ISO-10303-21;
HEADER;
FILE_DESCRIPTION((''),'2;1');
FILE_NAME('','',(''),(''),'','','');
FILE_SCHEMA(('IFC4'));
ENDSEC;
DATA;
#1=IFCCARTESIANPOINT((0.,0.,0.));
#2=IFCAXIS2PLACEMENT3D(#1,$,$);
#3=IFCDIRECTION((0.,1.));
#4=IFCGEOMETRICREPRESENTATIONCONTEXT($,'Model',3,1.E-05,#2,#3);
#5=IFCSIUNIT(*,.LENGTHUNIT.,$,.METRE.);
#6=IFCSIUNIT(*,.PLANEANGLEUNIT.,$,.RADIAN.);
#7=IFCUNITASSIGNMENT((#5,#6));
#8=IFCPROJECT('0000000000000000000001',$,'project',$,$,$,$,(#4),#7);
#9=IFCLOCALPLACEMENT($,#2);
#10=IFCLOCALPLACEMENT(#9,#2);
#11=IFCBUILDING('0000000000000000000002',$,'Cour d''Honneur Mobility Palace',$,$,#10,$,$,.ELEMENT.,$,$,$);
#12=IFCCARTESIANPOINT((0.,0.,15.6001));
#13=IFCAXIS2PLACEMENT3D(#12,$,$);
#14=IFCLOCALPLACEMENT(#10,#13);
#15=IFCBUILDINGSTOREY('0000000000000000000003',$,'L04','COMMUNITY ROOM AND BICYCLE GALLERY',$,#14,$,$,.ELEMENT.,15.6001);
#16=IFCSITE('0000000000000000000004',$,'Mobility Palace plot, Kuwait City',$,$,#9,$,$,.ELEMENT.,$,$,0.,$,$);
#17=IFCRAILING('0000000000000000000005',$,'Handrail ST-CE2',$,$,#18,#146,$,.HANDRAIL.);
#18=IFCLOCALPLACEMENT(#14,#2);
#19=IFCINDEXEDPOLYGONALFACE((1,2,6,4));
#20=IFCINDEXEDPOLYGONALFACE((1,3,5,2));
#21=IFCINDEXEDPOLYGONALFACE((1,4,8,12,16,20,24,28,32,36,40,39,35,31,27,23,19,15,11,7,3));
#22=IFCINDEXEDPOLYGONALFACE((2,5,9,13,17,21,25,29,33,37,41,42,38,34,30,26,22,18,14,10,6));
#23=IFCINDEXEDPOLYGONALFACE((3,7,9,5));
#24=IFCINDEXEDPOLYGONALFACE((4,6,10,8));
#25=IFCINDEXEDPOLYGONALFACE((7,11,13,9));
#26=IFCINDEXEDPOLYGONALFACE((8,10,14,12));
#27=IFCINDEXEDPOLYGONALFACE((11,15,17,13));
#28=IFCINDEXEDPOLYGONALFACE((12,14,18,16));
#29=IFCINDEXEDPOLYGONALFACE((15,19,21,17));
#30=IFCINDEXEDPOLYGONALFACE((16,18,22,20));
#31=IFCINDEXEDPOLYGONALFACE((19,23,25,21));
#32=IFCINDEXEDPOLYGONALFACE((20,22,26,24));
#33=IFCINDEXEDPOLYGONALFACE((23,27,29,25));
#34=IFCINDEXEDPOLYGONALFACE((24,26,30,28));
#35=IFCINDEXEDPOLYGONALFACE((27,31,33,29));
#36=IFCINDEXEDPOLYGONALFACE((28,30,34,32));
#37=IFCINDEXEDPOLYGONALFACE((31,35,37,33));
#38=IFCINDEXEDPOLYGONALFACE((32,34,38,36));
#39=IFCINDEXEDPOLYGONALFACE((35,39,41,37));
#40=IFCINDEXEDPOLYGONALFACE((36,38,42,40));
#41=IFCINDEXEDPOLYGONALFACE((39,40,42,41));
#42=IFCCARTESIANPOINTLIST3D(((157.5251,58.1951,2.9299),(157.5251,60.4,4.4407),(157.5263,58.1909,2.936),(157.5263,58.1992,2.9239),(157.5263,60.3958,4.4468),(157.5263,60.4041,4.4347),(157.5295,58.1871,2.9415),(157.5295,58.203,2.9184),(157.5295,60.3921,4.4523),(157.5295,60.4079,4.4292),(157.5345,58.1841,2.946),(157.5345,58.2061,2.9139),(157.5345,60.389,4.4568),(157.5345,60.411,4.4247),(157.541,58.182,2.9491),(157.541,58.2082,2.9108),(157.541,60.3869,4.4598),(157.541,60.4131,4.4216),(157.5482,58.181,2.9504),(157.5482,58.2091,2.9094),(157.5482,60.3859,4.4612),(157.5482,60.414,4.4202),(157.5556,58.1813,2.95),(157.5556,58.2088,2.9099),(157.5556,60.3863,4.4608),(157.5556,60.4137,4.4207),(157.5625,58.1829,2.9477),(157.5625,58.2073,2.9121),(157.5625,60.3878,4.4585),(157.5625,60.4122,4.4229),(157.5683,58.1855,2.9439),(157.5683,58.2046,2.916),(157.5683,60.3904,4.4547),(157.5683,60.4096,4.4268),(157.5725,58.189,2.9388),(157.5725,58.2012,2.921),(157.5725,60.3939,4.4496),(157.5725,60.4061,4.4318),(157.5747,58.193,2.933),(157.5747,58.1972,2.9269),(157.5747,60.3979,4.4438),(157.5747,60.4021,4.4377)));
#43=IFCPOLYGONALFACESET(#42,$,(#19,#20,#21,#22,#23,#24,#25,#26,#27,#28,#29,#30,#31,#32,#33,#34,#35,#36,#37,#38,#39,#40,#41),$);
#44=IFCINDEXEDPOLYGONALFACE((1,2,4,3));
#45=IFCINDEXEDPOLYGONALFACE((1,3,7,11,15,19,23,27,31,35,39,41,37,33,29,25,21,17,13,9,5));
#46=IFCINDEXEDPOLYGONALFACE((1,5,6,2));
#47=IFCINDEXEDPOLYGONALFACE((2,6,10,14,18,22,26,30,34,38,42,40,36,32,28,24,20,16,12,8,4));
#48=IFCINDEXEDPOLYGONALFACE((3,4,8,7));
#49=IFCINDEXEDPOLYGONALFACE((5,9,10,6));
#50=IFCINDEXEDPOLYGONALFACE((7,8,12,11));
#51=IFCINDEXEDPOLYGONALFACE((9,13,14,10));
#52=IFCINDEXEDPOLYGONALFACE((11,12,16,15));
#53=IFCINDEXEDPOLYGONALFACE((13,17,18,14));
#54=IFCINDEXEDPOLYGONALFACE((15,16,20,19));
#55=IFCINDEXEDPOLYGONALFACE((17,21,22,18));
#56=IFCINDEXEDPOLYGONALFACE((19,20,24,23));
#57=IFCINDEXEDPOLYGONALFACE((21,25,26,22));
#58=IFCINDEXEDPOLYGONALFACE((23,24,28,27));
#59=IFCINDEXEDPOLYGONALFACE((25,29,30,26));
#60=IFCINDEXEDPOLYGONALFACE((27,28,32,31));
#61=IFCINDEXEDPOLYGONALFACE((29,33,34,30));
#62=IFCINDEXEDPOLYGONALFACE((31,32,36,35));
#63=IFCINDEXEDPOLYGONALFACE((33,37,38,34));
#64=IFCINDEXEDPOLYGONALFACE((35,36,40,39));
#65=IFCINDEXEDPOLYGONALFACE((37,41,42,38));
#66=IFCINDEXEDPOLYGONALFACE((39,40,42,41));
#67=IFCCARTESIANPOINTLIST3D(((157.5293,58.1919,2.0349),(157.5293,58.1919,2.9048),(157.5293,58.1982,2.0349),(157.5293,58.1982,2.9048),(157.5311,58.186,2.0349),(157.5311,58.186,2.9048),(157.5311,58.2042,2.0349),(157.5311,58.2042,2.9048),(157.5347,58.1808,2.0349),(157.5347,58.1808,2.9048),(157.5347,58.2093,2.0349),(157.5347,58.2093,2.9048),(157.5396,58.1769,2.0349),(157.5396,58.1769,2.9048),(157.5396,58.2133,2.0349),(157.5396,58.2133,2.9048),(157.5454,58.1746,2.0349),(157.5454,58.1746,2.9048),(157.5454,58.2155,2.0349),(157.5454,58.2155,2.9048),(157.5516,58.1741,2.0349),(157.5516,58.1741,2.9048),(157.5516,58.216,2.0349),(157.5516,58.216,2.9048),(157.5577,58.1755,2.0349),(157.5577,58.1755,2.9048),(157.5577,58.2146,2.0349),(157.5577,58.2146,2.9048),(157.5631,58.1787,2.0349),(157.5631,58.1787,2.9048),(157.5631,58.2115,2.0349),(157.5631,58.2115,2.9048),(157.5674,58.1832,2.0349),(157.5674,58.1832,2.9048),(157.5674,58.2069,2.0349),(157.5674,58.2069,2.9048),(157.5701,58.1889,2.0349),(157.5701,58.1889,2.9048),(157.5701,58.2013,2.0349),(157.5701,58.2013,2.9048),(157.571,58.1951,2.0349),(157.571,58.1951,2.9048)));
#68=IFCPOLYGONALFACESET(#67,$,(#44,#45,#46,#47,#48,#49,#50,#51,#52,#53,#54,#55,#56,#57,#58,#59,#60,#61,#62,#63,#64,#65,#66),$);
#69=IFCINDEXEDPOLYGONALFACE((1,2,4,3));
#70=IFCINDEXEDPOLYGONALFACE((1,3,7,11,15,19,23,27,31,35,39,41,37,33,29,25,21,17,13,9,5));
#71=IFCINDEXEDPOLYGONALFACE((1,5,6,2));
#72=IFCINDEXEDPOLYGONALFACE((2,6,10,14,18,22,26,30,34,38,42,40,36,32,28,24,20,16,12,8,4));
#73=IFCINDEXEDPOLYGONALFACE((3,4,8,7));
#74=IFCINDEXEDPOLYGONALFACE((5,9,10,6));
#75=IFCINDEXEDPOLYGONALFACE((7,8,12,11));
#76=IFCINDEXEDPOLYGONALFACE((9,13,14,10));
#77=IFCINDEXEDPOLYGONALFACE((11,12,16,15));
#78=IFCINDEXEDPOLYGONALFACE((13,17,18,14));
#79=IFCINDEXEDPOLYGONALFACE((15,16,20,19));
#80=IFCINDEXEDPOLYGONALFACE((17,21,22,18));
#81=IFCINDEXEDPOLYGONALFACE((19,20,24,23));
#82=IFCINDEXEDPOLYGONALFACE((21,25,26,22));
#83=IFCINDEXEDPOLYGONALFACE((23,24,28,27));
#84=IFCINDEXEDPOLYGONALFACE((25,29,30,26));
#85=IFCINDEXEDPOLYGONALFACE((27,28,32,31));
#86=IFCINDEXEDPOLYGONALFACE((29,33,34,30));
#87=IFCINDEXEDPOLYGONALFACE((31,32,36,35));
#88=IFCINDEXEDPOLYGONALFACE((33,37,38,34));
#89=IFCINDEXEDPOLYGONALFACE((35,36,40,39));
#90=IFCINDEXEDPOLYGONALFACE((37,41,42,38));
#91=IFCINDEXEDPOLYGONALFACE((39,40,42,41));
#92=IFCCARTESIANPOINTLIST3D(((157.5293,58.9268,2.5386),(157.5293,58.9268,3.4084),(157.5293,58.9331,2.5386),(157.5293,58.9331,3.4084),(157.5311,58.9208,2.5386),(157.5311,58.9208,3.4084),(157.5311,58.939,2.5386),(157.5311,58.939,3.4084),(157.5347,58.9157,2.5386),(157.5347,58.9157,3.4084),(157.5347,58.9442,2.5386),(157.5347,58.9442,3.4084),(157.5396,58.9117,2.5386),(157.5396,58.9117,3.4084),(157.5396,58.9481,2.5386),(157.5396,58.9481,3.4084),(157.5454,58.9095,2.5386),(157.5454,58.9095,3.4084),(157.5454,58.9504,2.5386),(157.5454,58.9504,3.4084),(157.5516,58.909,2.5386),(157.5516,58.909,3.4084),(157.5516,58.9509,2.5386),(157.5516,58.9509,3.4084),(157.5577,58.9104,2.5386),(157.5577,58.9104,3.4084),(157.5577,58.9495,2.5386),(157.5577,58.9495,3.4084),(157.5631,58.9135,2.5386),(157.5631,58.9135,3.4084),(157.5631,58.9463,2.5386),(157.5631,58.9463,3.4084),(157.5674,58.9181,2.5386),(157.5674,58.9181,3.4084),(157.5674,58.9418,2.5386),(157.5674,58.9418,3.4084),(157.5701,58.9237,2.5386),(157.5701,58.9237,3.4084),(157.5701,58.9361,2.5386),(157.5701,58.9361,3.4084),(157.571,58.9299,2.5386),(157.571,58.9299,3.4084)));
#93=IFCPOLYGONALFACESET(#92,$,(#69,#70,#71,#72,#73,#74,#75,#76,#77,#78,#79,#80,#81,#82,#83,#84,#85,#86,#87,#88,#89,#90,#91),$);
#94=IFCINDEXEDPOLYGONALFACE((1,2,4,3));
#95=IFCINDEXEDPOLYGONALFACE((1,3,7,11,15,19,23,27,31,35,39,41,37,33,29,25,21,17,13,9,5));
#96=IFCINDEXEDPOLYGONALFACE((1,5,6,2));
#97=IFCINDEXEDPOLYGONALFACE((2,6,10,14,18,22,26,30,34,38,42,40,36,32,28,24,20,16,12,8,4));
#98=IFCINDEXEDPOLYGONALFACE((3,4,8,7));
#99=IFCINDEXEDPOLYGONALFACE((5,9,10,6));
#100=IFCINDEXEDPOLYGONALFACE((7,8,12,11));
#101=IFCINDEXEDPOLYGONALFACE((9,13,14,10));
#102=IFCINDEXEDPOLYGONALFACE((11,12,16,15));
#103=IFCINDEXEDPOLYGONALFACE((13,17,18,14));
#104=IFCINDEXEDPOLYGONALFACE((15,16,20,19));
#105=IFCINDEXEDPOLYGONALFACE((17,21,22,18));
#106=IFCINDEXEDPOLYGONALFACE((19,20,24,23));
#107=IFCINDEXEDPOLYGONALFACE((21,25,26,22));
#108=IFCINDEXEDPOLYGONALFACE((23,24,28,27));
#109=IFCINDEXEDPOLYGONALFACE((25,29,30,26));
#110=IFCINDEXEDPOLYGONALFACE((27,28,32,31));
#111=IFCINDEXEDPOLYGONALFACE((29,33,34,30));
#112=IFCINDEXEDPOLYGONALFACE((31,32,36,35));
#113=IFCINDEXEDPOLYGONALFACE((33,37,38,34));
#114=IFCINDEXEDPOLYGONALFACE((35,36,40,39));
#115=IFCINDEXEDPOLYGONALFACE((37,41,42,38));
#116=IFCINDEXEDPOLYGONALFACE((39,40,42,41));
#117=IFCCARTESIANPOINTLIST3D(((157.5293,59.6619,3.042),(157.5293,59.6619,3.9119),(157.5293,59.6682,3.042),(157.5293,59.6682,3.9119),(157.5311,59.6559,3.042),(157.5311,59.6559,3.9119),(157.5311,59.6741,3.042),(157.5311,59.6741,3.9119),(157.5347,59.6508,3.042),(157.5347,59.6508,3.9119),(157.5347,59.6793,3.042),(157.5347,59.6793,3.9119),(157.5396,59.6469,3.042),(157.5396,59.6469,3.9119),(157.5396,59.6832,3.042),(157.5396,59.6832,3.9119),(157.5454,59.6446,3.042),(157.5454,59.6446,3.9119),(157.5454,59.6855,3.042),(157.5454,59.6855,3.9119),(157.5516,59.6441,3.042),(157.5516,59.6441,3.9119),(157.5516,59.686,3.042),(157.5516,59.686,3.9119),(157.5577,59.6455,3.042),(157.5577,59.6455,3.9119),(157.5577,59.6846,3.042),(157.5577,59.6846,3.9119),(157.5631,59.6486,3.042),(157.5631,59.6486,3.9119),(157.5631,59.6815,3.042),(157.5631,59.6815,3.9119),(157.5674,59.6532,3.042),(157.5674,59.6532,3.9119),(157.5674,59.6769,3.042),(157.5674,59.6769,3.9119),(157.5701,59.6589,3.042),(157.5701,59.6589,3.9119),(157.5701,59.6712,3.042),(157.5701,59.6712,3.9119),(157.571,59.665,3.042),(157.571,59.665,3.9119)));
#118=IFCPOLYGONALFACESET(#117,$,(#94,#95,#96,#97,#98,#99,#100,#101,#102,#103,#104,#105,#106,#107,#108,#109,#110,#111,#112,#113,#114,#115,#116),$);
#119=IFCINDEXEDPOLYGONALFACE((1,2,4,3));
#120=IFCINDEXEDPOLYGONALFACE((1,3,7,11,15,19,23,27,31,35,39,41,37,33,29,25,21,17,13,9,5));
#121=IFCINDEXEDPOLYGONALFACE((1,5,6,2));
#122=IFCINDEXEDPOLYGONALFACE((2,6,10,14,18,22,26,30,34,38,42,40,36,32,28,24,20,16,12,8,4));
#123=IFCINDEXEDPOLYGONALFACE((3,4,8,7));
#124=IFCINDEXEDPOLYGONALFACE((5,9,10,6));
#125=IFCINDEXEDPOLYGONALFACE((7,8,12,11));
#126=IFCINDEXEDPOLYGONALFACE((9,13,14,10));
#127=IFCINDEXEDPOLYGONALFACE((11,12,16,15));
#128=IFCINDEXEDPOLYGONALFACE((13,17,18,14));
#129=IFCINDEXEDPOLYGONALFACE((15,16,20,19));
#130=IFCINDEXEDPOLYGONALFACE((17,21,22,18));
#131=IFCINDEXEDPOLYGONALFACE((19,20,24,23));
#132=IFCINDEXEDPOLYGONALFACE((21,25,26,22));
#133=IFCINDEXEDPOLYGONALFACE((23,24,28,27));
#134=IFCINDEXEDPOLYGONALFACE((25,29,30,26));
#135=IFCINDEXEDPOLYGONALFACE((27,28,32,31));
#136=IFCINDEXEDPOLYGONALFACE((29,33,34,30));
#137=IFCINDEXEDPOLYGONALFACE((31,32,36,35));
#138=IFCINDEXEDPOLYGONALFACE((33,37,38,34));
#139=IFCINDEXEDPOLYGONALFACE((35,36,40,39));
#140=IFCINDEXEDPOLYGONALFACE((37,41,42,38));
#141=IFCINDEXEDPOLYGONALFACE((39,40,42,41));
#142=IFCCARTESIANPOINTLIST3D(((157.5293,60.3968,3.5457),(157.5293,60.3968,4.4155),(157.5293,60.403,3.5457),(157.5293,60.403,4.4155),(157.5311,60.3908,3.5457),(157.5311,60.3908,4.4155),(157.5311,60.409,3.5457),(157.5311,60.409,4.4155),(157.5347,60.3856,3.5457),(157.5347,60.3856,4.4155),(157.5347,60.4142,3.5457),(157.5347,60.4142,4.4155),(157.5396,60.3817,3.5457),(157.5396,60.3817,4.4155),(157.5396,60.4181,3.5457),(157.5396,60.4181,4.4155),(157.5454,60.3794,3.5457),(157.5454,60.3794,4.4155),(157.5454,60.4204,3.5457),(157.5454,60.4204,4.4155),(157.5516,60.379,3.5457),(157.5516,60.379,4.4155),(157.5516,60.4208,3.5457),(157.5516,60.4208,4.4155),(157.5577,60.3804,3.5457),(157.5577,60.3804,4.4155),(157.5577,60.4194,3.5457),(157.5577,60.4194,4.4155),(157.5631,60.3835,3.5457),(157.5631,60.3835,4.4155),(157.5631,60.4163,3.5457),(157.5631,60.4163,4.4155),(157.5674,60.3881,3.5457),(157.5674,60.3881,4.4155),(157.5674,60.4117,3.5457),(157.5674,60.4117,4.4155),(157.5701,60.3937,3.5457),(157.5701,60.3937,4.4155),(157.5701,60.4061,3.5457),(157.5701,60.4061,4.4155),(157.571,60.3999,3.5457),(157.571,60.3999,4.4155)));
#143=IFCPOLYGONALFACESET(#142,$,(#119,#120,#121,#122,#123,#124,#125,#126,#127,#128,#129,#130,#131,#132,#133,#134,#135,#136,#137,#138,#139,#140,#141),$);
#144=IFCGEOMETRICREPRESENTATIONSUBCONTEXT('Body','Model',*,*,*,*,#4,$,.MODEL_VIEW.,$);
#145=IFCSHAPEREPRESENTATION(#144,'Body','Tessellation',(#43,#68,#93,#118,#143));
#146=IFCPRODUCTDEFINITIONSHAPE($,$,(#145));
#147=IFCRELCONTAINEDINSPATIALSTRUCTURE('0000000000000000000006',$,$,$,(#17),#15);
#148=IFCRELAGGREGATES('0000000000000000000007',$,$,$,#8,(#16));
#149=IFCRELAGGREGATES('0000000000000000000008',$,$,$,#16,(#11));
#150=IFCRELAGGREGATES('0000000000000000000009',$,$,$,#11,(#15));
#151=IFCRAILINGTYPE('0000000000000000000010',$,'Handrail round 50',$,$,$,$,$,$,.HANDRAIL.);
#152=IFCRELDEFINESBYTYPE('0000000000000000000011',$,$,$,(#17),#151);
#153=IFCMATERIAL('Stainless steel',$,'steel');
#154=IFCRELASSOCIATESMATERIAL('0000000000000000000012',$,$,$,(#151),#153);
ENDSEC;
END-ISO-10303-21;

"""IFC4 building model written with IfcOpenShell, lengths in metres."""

from ifc_helpers import new_model, si_unit, direction, frame, origin, origin_2d, place, context, subcontext, project, spatial, circle, extrude, material, type_object, element, save


model = new_model("IFC4")

# Units and contexts
model_context = context("Model", 3, precision=1e-05, world=origin(), true_north=direction((0.0, 1.0)))
body_context = subcontext(model_context, "Body", "Model", "MODEL_VIEW")
ifc_project = project(units=[si_unit("LENGTHUNIT", "METRE"), si_unit("PLANEANGLEUNIT", "RADIAN")], contexts=[model_context])

# Site, building, storey
site_placement = place(None, origin())
site = spatial("IfcSite", under=ifc_project, at=site_placement, Name="Mobility Palace plot, Kuwait City", CompositionType="ELEMENT", RefElevation=0.0)
building_placement = place(site_placement, origin())
building = spatial("IfcBuilding", under=site, at=building_placement, Name="Cour d'Honneur Mobility Palace", CompositionType="ELEMENT")
storey_placement = place(building_placement, frame((0.0, 0.0, 15.6001)))
storey = spatial("IfcBuildingStorey", under=building, at=storey_placement, Name="L04", Description="COMMUNITY ROOM AND BICYCLE GALLERY", CompositionType="ELEMENT", Elevation=15.6001)

# Railing
ifc_material_1 = material(Name="Stainless steel", Category="steel")
railing_type_1 = type_object("IfcRailingType", Name="Handrail round 50", PredefinedType="HANDRAIL", material=ifc_material_1)
railing_1_placement = place(storey_placement, frame((157.55, 58.1951, 2.0349)))
element("IfcRailing", 1, at=railing_1_placement, inside=storey, type_object=railing_type_1, Name="Handrail ST-CE2", PredefinedType="HANDRAIL", context=body_context, shape_type="SweptSolid", body=[
    extrude(circle(Radius=0.0249, at=origin_2d()), frame((0.0, 0.0, 0.895), z_axis=(0.0, 0.824928, 0.565237), x_axis=(-1.0, 0.0, 0.0)), (0.0, 0.0, 1.0), 2.6729),
    extrude(circle(Radius=0.021, at=origin_2d()), origin(), (0.0, 0.0, 1.0), 0.8699),
    extrude(circle(Radius=0.021, at=origin_2d()), frame((0.0, 0.7349, 0.5037)), (0.0, 0.0, 1.0), 0.8699),
    extrude(circle(Radius=0.021, at=origin_2d()), frame((0.0, 1.47, 1.0071)), (0.0, 0.0, 1.0), 0.8699),
    extrude(circle(Radius=0.021, at=origin_2d()), frame((0.0, 2.2048, 1.5107)), (0.0, 0.0, 1.0), 0.8699),
])

save(model, "model.ifc")
